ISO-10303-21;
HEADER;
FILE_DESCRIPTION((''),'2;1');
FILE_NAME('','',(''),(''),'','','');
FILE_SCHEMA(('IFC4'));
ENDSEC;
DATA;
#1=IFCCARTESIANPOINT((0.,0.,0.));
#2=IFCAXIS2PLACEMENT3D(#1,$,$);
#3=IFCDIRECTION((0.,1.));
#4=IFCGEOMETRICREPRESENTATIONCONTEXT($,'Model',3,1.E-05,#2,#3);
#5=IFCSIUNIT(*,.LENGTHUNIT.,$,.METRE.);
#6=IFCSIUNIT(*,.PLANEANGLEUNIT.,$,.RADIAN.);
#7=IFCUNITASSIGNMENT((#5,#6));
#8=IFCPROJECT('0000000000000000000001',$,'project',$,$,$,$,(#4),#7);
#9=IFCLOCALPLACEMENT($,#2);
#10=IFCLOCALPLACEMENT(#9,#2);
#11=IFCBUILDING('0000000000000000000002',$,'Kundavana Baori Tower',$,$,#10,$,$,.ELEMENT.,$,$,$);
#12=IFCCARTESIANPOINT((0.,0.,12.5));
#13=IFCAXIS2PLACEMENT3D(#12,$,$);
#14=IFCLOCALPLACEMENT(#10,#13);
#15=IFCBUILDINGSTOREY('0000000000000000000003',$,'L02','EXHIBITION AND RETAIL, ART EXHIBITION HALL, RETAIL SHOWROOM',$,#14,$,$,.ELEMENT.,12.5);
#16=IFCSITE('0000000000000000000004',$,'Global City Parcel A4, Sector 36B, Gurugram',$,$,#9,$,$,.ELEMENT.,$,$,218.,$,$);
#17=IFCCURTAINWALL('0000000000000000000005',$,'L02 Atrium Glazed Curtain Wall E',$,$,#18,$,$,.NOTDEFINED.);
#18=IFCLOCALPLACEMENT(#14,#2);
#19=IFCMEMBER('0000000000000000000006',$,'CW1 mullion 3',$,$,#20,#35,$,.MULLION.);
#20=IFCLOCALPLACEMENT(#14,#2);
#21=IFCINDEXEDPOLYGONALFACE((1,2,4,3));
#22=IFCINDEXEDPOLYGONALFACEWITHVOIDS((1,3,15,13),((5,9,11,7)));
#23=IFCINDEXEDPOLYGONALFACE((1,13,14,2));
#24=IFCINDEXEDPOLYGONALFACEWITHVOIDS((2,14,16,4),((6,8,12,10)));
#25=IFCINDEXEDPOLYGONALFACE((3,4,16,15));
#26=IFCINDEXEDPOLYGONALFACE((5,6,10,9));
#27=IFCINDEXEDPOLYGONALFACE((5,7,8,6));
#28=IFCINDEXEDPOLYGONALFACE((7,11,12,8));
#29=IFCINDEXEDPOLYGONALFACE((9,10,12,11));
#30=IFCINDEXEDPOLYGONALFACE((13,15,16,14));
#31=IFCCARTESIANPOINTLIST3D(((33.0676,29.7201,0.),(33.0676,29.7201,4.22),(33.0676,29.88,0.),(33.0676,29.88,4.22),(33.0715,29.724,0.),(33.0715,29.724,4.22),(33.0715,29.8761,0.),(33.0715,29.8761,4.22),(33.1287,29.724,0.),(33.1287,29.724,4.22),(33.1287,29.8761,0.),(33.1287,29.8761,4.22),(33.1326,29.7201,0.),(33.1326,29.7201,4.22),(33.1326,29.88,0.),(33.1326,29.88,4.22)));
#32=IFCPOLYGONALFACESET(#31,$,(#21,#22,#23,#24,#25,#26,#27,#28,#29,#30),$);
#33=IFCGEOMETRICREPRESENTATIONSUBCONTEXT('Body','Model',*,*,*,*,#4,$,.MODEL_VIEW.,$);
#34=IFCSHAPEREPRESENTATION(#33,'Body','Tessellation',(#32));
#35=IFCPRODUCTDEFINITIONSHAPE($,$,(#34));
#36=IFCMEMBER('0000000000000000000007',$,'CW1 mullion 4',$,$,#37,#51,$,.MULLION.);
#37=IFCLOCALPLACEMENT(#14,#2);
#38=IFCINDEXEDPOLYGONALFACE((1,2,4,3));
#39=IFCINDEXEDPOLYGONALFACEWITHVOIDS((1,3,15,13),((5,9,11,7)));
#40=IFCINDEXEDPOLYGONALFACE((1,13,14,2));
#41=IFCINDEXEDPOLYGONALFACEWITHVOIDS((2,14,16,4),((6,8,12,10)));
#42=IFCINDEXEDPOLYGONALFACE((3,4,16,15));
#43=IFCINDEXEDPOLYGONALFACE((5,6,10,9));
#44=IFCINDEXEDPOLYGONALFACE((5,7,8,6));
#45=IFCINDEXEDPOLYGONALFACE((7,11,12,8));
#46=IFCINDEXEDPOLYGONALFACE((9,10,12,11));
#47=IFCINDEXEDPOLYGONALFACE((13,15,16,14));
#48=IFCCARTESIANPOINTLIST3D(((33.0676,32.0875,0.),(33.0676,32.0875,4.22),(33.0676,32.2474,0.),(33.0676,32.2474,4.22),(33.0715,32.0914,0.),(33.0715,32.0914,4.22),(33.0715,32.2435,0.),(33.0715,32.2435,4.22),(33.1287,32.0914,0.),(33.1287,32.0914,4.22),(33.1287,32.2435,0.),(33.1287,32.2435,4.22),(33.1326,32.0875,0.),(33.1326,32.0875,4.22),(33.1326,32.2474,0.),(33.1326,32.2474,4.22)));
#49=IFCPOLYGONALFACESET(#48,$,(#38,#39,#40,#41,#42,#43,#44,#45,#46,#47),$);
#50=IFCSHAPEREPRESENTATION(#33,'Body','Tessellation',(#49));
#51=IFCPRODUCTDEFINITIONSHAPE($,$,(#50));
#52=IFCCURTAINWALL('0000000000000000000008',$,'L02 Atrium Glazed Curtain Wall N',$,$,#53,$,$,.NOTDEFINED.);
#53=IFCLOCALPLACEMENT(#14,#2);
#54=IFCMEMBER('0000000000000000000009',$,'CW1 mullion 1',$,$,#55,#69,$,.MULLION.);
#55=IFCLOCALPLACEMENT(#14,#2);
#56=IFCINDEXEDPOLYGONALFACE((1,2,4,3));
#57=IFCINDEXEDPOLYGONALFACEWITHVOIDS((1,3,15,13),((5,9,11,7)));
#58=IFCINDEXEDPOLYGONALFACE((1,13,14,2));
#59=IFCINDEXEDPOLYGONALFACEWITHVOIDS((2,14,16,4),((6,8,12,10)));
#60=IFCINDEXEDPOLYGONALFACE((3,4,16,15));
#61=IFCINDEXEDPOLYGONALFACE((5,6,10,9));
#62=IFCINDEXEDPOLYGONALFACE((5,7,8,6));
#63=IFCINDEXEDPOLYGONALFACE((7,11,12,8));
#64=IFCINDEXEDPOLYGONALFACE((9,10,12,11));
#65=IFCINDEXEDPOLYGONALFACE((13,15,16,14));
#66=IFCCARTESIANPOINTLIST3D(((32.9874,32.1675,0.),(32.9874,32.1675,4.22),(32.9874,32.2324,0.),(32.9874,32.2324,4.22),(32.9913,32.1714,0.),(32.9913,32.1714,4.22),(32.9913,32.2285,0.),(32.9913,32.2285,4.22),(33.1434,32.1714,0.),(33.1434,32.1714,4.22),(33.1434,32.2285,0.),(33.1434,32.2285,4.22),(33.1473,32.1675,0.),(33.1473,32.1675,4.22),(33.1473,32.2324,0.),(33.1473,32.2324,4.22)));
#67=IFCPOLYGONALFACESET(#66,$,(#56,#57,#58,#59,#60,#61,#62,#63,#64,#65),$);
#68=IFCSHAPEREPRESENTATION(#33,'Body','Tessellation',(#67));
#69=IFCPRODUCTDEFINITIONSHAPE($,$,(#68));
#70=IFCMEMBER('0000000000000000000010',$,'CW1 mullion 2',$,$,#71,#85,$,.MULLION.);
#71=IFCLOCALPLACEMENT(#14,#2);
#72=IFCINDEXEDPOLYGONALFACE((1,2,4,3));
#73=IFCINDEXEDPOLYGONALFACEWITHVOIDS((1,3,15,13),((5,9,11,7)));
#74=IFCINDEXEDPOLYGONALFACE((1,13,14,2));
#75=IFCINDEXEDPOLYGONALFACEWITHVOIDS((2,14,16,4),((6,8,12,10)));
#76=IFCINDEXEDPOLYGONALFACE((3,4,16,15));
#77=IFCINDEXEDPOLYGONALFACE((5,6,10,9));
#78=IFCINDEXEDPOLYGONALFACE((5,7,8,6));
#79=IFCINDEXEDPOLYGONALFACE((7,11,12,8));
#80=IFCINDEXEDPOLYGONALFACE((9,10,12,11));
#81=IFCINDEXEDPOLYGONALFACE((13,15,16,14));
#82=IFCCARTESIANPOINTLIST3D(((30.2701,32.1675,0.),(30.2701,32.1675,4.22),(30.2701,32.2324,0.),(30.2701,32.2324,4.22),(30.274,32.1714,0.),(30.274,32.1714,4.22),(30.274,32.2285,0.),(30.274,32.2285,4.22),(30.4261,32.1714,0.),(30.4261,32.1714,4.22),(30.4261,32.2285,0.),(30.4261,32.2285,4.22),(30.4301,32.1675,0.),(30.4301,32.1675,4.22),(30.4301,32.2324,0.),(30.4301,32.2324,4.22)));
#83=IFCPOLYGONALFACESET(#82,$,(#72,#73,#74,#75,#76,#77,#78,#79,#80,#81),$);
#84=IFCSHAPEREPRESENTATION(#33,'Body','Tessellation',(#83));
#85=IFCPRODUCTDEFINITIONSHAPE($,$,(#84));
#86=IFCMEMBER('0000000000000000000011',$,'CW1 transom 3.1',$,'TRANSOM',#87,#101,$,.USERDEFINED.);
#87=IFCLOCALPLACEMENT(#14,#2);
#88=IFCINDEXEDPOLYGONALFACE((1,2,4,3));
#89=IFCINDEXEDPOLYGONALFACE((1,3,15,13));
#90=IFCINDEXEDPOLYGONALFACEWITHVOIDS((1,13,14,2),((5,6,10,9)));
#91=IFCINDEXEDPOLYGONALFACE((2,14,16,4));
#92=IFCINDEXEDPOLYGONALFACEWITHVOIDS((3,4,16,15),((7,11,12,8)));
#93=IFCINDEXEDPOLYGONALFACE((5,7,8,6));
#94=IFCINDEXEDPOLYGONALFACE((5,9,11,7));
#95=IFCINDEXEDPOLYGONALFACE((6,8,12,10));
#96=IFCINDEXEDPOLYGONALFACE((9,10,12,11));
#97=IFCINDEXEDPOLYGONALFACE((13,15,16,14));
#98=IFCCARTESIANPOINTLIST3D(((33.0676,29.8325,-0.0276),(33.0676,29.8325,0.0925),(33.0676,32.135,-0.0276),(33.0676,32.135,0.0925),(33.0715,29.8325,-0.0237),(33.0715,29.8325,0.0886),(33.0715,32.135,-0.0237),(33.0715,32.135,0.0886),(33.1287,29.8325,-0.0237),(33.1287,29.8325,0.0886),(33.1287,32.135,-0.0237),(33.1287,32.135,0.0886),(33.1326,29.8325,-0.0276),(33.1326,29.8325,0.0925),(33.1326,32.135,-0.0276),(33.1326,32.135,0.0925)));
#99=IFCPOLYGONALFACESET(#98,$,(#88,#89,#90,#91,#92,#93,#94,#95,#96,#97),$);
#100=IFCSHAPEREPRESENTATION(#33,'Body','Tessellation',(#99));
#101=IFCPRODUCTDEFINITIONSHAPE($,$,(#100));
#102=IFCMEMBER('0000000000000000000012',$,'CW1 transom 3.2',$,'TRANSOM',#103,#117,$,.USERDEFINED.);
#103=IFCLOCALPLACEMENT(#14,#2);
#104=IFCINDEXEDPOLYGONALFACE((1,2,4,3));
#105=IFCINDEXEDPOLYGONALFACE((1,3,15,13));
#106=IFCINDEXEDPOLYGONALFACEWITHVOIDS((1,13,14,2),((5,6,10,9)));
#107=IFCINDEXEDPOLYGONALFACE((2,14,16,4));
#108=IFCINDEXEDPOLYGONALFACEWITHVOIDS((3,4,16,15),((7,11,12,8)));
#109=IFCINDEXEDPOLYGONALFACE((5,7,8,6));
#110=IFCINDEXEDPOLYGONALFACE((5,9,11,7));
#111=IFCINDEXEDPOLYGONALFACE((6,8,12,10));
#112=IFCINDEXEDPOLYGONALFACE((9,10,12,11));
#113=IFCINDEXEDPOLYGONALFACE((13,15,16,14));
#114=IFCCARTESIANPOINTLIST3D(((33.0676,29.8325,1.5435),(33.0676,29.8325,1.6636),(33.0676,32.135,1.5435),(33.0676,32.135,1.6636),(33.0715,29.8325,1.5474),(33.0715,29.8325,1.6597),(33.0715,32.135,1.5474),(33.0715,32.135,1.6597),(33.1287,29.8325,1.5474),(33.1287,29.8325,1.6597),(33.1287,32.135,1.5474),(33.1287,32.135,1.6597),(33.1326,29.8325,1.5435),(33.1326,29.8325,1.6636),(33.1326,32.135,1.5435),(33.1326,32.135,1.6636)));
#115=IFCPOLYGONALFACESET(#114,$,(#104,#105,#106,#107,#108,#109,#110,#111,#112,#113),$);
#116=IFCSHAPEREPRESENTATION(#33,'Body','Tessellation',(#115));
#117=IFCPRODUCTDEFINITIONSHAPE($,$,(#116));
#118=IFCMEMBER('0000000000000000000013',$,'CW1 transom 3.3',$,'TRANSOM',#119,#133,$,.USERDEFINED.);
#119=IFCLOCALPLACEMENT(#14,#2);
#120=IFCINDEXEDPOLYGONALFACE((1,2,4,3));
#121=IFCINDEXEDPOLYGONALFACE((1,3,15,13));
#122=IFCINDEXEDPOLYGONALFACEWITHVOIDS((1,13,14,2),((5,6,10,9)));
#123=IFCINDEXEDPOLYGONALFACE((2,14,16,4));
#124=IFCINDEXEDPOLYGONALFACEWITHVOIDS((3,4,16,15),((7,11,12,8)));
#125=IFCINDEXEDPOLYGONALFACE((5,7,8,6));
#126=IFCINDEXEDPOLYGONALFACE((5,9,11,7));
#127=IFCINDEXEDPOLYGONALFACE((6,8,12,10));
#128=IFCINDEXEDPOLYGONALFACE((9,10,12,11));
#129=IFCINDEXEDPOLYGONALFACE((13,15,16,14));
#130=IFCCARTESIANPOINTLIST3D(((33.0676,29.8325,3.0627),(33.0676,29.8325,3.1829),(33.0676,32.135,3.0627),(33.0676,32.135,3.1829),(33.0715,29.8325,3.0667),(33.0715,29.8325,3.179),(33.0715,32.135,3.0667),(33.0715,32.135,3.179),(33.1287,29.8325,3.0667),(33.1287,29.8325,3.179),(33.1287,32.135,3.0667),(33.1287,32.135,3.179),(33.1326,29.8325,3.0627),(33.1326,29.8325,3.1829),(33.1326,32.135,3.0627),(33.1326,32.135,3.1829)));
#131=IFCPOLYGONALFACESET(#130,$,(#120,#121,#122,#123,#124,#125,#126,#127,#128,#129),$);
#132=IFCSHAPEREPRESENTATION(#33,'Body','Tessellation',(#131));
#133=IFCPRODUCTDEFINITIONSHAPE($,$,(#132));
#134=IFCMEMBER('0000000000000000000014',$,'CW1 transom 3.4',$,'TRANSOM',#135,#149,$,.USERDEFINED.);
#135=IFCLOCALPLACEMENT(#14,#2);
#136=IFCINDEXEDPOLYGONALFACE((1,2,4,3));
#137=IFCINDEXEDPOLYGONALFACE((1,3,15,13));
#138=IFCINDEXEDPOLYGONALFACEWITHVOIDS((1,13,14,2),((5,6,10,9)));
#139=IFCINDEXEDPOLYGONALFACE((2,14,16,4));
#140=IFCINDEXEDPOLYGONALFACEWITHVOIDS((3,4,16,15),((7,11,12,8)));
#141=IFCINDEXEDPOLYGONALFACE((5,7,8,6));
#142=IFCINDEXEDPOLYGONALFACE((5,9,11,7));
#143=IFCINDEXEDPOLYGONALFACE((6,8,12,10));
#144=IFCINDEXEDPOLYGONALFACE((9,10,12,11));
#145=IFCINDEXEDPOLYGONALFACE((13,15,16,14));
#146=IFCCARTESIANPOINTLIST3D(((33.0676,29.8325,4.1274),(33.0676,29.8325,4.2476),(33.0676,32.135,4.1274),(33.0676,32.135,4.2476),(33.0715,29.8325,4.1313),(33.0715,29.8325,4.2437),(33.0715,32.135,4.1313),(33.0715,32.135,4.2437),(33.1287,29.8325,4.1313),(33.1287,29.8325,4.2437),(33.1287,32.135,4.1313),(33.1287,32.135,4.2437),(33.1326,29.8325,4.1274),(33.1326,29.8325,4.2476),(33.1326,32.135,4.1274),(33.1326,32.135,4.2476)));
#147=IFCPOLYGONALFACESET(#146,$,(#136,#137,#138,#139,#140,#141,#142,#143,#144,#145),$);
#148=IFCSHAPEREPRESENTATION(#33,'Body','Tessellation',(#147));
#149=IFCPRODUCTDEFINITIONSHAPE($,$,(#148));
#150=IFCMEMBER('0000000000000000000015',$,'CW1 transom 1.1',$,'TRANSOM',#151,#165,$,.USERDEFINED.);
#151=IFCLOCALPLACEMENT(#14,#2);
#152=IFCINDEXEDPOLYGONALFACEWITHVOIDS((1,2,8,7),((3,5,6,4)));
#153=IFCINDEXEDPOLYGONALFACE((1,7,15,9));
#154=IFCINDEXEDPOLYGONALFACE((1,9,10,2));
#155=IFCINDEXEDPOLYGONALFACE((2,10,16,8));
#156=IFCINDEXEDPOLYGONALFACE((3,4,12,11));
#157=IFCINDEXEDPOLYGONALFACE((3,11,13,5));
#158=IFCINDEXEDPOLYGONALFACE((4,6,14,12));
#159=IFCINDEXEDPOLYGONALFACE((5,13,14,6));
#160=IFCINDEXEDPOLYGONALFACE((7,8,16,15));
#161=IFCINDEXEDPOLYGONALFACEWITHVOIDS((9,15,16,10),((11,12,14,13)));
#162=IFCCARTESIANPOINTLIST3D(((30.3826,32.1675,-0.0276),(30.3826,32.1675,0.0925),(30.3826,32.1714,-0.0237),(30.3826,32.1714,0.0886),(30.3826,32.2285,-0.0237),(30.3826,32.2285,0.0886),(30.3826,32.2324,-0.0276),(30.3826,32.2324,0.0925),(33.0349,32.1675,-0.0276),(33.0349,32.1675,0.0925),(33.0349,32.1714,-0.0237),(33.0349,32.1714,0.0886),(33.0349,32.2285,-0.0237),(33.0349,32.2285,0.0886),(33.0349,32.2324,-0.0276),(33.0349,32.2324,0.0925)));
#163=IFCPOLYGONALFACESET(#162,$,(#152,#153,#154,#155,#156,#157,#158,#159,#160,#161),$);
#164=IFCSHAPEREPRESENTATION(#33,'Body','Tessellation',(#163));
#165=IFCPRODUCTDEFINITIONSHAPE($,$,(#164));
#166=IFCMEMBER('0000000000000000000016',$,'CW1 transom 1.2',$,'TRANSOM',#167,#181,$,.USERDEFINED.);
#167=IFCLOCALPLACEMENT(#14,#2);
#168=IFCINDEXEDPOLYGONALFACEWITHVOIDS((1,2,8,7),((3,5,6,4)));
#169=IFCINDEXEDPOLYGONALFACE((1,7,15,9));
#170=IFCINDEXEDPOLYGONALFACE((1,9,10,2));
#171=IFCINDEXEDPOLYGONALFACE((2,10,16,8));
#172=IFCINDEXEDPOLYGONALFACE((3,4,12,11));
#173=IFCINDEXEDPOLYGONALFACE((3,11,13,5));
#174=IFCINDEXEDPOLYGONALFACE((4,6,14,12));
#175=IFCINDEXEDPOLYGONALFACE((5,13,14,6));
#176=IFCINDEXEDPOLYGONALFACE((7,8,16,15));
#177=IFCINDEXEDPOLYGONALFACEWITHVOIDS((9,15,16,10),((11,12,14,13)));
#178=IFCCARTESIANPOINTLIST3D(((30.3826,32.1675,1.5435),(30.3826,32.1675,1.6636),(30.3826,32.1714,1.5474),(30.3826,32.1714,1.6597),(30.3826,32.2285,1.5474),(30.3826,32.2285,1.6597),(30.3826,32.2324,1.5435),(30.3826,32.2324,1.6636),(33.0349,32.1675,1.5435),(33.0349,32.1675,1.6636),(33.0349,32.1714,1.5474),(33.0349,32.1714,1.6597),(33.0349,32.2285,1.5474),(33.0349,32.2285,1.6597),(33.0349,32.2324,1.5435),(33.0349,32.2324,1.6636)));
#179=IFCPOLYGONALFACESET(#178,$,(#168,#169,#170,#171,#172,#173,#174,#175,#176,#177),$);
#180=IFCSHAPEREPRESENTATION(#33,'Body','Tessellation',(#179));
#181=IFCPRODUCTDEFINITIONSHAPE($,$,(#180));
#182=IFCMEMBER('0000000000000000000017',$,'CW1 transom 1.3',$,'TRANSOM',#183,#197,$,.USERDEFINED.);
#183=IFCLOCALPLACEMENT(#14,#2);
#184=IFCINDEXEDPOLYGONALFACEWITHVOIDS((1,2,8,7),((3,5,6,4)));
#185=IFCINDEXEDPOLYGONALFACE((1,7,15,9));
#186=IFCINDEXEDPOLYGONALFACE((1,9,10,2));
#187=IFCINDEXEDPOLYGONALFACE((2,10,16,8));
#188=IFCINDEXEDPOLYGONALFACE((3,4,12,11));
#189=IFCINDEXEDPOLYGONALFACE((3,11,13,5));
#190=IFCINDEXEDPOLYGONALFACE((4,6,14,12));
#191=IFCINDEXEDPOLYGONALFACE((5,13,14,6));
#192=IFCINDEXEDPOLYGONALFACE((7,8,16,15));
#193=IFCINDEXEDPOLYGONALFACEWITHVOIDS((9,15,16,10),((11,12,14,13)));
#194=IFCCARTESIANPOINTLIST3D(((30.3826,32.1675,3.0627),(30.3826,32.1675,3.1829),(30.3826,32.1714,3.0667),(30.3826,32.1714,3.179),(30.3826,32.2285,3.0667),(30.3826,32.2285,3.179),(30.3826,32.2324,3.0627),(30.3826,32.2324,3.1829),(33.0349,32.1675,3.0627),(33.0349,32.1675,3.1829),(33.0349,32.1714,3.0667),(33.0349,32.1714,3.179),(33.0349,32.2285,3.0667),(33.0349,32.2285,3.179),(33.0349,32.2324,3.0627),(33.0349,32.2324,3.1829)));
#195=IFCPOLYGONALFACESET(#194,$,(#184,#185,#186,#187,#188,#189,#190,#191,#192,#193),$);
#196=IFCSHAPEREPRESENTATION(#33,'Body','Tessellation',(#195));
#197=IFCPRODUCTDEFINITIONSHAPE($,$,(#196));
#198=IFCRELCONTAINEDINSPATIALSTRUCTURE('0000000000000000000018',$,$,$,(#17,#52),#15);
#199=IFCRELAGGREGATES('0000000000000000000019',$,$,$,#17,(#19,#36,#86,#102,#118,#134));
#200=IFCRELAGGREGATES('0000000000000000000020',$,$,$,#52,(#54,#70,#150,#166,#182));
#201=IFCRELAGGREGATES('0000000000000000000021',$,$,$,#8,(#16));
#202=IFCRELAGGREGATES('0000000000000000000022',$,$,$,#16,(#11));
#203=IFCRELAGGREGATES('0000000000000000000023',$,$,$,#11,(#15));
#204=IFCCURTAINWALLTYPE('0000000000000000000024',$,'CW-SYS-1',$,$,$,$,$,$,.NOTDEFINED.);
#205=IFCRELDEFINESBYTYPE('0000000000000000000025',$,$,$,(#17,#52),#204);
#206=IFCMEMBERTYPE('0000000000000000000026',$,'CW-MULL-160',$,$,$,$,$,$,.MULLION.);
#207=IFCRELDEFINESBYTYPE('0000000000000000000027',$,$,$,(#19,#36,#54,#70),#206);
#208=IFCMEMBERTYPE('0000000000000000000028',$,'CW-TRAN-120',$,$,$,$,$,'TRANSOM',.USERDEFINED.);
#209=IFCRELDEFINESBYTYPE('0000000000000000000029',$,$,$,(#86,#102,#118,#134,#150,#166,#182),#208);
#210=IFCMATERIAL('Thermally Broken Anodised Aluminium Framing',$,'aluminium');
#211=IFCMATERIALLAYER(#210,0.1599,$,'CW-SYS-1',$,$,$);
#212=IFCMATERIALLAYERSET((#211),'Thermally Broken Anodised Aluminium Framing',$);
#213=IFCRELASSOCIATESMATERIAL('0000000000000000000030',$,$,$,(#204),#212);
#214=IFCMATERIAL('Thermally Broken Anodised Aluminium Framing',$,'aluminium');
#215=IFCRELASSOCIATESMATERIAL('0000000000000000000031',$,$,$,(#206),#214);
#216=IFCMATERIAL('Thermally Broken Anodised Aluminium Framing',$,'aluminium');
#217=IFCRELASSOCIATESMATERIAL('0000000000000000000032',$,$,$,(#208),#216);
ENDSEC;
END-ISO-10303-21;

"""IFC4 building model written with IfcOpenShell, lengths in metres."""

from ifc_helpers import new_model, si_unit, direction, frame, origin, origin_2d, place, context, subcontext, project, spatial, hollow_rectangle, extrude, material, layer, layer_set, material_profile, profile_set, type_object, element, aggregate, save


model = new_model("IFC4")

# Units and contexts
model_context = context("Model", 3, precision=1e-05, world=origin(), true_north=direction((0.0, 1.0)))
body_context = subcontext(model_context, "Body", "Model", "MODEL_VIEW")
ifc_project = project(units=[si_unit("LENGTHUNIT", "METRE"), si_unit("PLANEANGLEUNIT", "RADIAN")], contexts=[model_context])

# Site, building, storey
site_placement = place(None, origin())
site = spatial("IfcSite", under=ifc_project, at=site_placement, Name="Global City Parcel A4, Sector 36B, Gurugram", CompositionType="ELEMENT", RefElevation=218.0)
building_placement = place(site_placement, origin())
building = spatial("IfcBuilding", under=site, at=building_placement, Name="Kundavana Baori Tower", CompositionType="ELEMENT")
storey_placement = place(building_placement, frame((0.0, 0.0, 12.5)))
storey = spatial("IfcBuildingStorey", under=building, at=storey_placement, Name="L02", Description="EXHIBITION AND RETAIL, ART EXHIBITION HALL, RETAIL SHOWROOM", CompositionType="ELEMENT", Elevation=12.5)

# Curtain walls, members
ifc_material_1 = material(Name="Thermally Broken Anodised Aluminium Framing", Category="aluminium")
ifc_layer_1 = layer(ifc_material_1, 0.1599, Name="CW-SYS-1")
ifc_layer_set_1 = layer_set([ifc_layer_1], Name="Thermally Broken Anodised Aluminium Framing")
curtain_wall_type = type_object("IfcCurtainWallType", Name="CW-SYS-1", PredefinedType="NOTDEFINED", material=ifc_layer_set_1)
curtain_wall_1_placement = place(storey_placement, origin())
curtain_wall_1 = element("IfcCurtainWall", 1, at=curtain_wall_1_placement, inside=storey, type_object=curtain_wall_type, Name="L02 Atrium Glazed Curtain Wall E", PredefinedType="NOTDEFINED")
ifc_material_2 = material(Name="Thermally Broken Anodised Aluminium Framing", Category="aluminium")
ifc_material_profile_1 = material_profile(ifc_material_2, hollow_rectangle(XDim=0.0649, YDim=0.1599, WallThickness=0.0039, at=origin_2d()), Name="CW-MULL-160")
ifc_profile_set_1 = profile_set([ifc_material_profile_1], Name="Thermally Broken Anodised Aluminium Framing")
member_type_1 = type_object("IfcMemberType", Name="CW-MULL-160", PredefinedType="MULLION", material=ifc_profile_set_1)
member_1_placement = place(storey_placement, frame((33.1001, 29.8, 0.0), z_axis=(0.0, 0.0, 1.0), x_axis=(-1.0, 0.0, 0.0)))
member_1 = element("IfcMember", 2, at=member_1_placement, type_object=member_type_1, Name="CW1 mullion 3", PredefinedType="MULLION", context=body_context, shape_type="SweptSolid", body=[
    extrude(hollow_rectangle(XDim=0.0649, YDim=0.1599, WallThickness=0.0039, at=origin_2d()), origin(), (0.0, 0.0, 1.0), 4.22),
])
member_2_placement = place(storey_placement, frame((33.1001, 32.1675, 0.0), z_axis=(0.0, 0.0, 1.0), x_axis=(-1.0, 0.0, 0.0)))
member_2 = element("IfcMember", 3, at=member_2_placement, type_object=member_type_1, Name="CW1 mullion 4", PredefinedType="MULLION", context=body_context, shape_type="SweptSolid", body=[
    extrude(hollow_rectangle(XDim=0.0649, YDim=0.1599, WallThickness=0.0039, at=origin_2d()), origin(), (0.0, 0.0, 1.0), 4.22),
])
curtain_wall_2_placement = place(storey_placement, origin())
curtain_wall_2 = element("IfcCurtainWall", 4, at=curtain_wall_2_placement, inside=storey, type_object=curtain_wall_type, Name="L02 Atrium Glazed Curtain Wall N", PredefinedType="NOTDEFINED")
member_3_placement = place(storey_placement, frame((33.0674, 32.2, 0.0), z_axis=(0.0, 0.0, 1.0), x_axis=(0.0, -1.0, 0.0)))
member_3 = element("IfcMember", 5, at=member_3_placement, type_object=member_type_1, Name="CW1 mullion 1", PredefinedType="MULLION", context=body_context, shape_type="SweptSolid", body=[
    extrude(hollow_rectangle(XDim=0.0649, YDim=0.1599, WallThickness=0.0039, at=origin_2d()), origin(), (0.0, 0.0, 1.0), 4.22),
])
member_4_placement = place(storey_placement, frame((30.3501, 32.2, 0.0), z_axis=(0.0, 0.0, 1.0), x_axis=(0.0, -1.0, 0.0)))
member_4 = element("IfcMember", 6, at=member_4_placement, type_object=member_type_1, Name="CW1 mullion 2", PredefinedType="MULLION", context=body_context, shape_type="SweptSolid", body=[
    extrude(hollow_rectangle(XDim=0.0649, YDim=0.1599, WallThickness=0.0039, at=origin_2d()), origin(), (0.0, 0.0, 1.0), 4.22),
])

# Members
ifc_material_3 = material(Name="Thermally Broken Anodised Aluminium Framing", Category="aluminium")
ifc_material_profile_2 = material_profile(ifc_material_3, hollow_rectangle(XDim=0.0649, YDim=0.1201, WallThickness=0.0039, at=origin_2d()), Name="CW-TRAN-120")
ifc_profile_set_2 = profile_set([ifc_material_profile_2], Name="Thermally Broken Anodised Aluminium Framing")
member_type_2 = type_object("IfcMemberType", Name="CW-TRAN-120", ElementType="TRANSOM", PredefinedType="USERDEFINED", material=ifc_profile_set_2)
member_5_placement = place(storey_placement, frame((33.1001, 29.8325, 0.0325), z_axis=(0.0, 1.0, 0.0), x_axis=(-1.0, 0.0, 0.0)))
member_5 = element("IfcMember", 7, at=member_5_placement, type_object=member_type_2, Name="CW1 transom 3.1", ObjectType="TRANSOM", PredefinedType="USERDEFINED", context=body_context, shape_type="SweptSolid", body=[
    extrude(hollow_rectangle(XDim=0.0649, YDim=0.1201, WallThickness=0.0039, at=origin_2d()), origin(), (0.0, 0.0, 1.0), 2.3025),
])
member_6_placement = place(storey_placement, frame((33.1001, 29.8325, 1.6035), z_axis=(0.0, 1.0, 0.0), x_axis=(-1.0, 0.0, 0.0)))
member_6 = element("IfcMember", 8, at=member_6_placement, type_object=member_type_2, Name="CW1 transom 3.2", ObjectType="TRANSOM", PredefinedType="USERDEFINED", context=body_context, shape_type="SweptSolid", body=[
    extrude(hollow_rectangle(XDim=0.0649, YDim=0.1201, WallThickness=0.0039, at=origin_2d()), origin(), (0.0, 0.0, 1.0), 2.3025),
])
member_7_placement = place(storey_placement, frame((33.1001, 29.8325, 3.1228), z_axis=(0.0, 1.0, 0.0), x_axis=(-1.0, 0.0, 0.0)))
member_7 = element("IfcMember", 9, at=member_7_placement, type_object=member_type_2, Name="CW1 transom 3.3", ObjectType="TRANSOM", PredefinedType="USERDEFINED", context=body_context, shape_type="SweptSolid", body=[
    extrude(hollow_rectangle(XDim=0.0649, YDim=0.1201, WallThickness=0.0039, at=origin_2d()), origin(), (0.0, 0.0, 1.0), 2.3025),
])
member_8_placement = place(storey_placement, frame((33.1001, 29.8325, 4.1875), z_axis=(0.0, 1.0, 0.0), x_axis=(-1.0, 0.0, 0.0)))
member_8 = element("IfcMember", 10, at=member_8_placement, type_object=member_type_2, Name="CW1 transom 3.4", ObjectType="TRANSOM", PredefinedType="USERDEFINED", context=body_context, shape_type="SweptSolid", body=[
    extrude(hollow_rectangle(XDim=0.0649, YDim=0.1201, WallThickness=0.0039, at=origin_2d()), origin(), (0.0, 0.0, 1.0), 2.3025),
])
member_9_placement = place(storey_placement, frame((33.0349, 32.2, 0.0325), z_axis=(-1.0, 0.0, 0.0), x_axis=(0.0, -1.0, 0.0)))
member_9 = element("IfcMember", 11, at=member_9_placement, type_object=member_type_2, Name="CW1 transom 1.1", ObjectType="TRANSOM", PredefinedType="USERDEFINED", context=body_context, shape_type="SweptSolid", body=[
    extrude(hollow_rectangle(XDim=0.0649, YDim=0.1201, WallThickness=0.0039, at=origin_2d()), origin(), (0.0, 0.0, 1.0), 2.6523),
])
member_10_placement = place(storey_placement, frame((33.0349, 32.2, 1.6035), z_axis=(-1.0, 0.0, 0.0), x_axis=(0.0, -1.0, 0.0)))
member_10 = element("IfcMember", 12, at=member_10_placement, type_object=member_type_2, Name="CW1 transom 1.2", ObjectType="TRANSOM", PredefinedType="USERDEFINED", context=body_context, shape_type="SweptSolid", body=[
    extrude(hollow_rectangle(XDim=0.0649, YDim=0.1201, WallThickness=0.0039, at=origin_2d()), origin(), (0.0, 0.0, 1.0), 2.6523),
])
member_11_placement = place(storey_placement, frame((33.0349, 32.2, 3.1228), z_axis=(-1.0, 0.0, 0.0), x_axis=(0.0, -1.0, 0.0)))
member_11 = element("IfcMember", 13, at=member_11_placement, type_object=member_type_2, Name="CW1 transom 1.3", ObjectType="TRANSOM", PredefinedType="USERDEFINED", context=body_context, shape_type="SweptSolid", body=[
    extrude(hollow_rectangle(XDim=0.0649, YDim=0.1201, WallThickness=0.0039, at=origin_2d()), origin(), (0.0, 0.0, 1.0), 2.6523),
])

aggregate(curtain_wall_1, [member_1, member_2, member_5, member_6, member_7, member_8])
aggregate(curtain_wall_2, [member_3, member_4, member_9, member_10, member_11])

save(model, "model.ifc")
